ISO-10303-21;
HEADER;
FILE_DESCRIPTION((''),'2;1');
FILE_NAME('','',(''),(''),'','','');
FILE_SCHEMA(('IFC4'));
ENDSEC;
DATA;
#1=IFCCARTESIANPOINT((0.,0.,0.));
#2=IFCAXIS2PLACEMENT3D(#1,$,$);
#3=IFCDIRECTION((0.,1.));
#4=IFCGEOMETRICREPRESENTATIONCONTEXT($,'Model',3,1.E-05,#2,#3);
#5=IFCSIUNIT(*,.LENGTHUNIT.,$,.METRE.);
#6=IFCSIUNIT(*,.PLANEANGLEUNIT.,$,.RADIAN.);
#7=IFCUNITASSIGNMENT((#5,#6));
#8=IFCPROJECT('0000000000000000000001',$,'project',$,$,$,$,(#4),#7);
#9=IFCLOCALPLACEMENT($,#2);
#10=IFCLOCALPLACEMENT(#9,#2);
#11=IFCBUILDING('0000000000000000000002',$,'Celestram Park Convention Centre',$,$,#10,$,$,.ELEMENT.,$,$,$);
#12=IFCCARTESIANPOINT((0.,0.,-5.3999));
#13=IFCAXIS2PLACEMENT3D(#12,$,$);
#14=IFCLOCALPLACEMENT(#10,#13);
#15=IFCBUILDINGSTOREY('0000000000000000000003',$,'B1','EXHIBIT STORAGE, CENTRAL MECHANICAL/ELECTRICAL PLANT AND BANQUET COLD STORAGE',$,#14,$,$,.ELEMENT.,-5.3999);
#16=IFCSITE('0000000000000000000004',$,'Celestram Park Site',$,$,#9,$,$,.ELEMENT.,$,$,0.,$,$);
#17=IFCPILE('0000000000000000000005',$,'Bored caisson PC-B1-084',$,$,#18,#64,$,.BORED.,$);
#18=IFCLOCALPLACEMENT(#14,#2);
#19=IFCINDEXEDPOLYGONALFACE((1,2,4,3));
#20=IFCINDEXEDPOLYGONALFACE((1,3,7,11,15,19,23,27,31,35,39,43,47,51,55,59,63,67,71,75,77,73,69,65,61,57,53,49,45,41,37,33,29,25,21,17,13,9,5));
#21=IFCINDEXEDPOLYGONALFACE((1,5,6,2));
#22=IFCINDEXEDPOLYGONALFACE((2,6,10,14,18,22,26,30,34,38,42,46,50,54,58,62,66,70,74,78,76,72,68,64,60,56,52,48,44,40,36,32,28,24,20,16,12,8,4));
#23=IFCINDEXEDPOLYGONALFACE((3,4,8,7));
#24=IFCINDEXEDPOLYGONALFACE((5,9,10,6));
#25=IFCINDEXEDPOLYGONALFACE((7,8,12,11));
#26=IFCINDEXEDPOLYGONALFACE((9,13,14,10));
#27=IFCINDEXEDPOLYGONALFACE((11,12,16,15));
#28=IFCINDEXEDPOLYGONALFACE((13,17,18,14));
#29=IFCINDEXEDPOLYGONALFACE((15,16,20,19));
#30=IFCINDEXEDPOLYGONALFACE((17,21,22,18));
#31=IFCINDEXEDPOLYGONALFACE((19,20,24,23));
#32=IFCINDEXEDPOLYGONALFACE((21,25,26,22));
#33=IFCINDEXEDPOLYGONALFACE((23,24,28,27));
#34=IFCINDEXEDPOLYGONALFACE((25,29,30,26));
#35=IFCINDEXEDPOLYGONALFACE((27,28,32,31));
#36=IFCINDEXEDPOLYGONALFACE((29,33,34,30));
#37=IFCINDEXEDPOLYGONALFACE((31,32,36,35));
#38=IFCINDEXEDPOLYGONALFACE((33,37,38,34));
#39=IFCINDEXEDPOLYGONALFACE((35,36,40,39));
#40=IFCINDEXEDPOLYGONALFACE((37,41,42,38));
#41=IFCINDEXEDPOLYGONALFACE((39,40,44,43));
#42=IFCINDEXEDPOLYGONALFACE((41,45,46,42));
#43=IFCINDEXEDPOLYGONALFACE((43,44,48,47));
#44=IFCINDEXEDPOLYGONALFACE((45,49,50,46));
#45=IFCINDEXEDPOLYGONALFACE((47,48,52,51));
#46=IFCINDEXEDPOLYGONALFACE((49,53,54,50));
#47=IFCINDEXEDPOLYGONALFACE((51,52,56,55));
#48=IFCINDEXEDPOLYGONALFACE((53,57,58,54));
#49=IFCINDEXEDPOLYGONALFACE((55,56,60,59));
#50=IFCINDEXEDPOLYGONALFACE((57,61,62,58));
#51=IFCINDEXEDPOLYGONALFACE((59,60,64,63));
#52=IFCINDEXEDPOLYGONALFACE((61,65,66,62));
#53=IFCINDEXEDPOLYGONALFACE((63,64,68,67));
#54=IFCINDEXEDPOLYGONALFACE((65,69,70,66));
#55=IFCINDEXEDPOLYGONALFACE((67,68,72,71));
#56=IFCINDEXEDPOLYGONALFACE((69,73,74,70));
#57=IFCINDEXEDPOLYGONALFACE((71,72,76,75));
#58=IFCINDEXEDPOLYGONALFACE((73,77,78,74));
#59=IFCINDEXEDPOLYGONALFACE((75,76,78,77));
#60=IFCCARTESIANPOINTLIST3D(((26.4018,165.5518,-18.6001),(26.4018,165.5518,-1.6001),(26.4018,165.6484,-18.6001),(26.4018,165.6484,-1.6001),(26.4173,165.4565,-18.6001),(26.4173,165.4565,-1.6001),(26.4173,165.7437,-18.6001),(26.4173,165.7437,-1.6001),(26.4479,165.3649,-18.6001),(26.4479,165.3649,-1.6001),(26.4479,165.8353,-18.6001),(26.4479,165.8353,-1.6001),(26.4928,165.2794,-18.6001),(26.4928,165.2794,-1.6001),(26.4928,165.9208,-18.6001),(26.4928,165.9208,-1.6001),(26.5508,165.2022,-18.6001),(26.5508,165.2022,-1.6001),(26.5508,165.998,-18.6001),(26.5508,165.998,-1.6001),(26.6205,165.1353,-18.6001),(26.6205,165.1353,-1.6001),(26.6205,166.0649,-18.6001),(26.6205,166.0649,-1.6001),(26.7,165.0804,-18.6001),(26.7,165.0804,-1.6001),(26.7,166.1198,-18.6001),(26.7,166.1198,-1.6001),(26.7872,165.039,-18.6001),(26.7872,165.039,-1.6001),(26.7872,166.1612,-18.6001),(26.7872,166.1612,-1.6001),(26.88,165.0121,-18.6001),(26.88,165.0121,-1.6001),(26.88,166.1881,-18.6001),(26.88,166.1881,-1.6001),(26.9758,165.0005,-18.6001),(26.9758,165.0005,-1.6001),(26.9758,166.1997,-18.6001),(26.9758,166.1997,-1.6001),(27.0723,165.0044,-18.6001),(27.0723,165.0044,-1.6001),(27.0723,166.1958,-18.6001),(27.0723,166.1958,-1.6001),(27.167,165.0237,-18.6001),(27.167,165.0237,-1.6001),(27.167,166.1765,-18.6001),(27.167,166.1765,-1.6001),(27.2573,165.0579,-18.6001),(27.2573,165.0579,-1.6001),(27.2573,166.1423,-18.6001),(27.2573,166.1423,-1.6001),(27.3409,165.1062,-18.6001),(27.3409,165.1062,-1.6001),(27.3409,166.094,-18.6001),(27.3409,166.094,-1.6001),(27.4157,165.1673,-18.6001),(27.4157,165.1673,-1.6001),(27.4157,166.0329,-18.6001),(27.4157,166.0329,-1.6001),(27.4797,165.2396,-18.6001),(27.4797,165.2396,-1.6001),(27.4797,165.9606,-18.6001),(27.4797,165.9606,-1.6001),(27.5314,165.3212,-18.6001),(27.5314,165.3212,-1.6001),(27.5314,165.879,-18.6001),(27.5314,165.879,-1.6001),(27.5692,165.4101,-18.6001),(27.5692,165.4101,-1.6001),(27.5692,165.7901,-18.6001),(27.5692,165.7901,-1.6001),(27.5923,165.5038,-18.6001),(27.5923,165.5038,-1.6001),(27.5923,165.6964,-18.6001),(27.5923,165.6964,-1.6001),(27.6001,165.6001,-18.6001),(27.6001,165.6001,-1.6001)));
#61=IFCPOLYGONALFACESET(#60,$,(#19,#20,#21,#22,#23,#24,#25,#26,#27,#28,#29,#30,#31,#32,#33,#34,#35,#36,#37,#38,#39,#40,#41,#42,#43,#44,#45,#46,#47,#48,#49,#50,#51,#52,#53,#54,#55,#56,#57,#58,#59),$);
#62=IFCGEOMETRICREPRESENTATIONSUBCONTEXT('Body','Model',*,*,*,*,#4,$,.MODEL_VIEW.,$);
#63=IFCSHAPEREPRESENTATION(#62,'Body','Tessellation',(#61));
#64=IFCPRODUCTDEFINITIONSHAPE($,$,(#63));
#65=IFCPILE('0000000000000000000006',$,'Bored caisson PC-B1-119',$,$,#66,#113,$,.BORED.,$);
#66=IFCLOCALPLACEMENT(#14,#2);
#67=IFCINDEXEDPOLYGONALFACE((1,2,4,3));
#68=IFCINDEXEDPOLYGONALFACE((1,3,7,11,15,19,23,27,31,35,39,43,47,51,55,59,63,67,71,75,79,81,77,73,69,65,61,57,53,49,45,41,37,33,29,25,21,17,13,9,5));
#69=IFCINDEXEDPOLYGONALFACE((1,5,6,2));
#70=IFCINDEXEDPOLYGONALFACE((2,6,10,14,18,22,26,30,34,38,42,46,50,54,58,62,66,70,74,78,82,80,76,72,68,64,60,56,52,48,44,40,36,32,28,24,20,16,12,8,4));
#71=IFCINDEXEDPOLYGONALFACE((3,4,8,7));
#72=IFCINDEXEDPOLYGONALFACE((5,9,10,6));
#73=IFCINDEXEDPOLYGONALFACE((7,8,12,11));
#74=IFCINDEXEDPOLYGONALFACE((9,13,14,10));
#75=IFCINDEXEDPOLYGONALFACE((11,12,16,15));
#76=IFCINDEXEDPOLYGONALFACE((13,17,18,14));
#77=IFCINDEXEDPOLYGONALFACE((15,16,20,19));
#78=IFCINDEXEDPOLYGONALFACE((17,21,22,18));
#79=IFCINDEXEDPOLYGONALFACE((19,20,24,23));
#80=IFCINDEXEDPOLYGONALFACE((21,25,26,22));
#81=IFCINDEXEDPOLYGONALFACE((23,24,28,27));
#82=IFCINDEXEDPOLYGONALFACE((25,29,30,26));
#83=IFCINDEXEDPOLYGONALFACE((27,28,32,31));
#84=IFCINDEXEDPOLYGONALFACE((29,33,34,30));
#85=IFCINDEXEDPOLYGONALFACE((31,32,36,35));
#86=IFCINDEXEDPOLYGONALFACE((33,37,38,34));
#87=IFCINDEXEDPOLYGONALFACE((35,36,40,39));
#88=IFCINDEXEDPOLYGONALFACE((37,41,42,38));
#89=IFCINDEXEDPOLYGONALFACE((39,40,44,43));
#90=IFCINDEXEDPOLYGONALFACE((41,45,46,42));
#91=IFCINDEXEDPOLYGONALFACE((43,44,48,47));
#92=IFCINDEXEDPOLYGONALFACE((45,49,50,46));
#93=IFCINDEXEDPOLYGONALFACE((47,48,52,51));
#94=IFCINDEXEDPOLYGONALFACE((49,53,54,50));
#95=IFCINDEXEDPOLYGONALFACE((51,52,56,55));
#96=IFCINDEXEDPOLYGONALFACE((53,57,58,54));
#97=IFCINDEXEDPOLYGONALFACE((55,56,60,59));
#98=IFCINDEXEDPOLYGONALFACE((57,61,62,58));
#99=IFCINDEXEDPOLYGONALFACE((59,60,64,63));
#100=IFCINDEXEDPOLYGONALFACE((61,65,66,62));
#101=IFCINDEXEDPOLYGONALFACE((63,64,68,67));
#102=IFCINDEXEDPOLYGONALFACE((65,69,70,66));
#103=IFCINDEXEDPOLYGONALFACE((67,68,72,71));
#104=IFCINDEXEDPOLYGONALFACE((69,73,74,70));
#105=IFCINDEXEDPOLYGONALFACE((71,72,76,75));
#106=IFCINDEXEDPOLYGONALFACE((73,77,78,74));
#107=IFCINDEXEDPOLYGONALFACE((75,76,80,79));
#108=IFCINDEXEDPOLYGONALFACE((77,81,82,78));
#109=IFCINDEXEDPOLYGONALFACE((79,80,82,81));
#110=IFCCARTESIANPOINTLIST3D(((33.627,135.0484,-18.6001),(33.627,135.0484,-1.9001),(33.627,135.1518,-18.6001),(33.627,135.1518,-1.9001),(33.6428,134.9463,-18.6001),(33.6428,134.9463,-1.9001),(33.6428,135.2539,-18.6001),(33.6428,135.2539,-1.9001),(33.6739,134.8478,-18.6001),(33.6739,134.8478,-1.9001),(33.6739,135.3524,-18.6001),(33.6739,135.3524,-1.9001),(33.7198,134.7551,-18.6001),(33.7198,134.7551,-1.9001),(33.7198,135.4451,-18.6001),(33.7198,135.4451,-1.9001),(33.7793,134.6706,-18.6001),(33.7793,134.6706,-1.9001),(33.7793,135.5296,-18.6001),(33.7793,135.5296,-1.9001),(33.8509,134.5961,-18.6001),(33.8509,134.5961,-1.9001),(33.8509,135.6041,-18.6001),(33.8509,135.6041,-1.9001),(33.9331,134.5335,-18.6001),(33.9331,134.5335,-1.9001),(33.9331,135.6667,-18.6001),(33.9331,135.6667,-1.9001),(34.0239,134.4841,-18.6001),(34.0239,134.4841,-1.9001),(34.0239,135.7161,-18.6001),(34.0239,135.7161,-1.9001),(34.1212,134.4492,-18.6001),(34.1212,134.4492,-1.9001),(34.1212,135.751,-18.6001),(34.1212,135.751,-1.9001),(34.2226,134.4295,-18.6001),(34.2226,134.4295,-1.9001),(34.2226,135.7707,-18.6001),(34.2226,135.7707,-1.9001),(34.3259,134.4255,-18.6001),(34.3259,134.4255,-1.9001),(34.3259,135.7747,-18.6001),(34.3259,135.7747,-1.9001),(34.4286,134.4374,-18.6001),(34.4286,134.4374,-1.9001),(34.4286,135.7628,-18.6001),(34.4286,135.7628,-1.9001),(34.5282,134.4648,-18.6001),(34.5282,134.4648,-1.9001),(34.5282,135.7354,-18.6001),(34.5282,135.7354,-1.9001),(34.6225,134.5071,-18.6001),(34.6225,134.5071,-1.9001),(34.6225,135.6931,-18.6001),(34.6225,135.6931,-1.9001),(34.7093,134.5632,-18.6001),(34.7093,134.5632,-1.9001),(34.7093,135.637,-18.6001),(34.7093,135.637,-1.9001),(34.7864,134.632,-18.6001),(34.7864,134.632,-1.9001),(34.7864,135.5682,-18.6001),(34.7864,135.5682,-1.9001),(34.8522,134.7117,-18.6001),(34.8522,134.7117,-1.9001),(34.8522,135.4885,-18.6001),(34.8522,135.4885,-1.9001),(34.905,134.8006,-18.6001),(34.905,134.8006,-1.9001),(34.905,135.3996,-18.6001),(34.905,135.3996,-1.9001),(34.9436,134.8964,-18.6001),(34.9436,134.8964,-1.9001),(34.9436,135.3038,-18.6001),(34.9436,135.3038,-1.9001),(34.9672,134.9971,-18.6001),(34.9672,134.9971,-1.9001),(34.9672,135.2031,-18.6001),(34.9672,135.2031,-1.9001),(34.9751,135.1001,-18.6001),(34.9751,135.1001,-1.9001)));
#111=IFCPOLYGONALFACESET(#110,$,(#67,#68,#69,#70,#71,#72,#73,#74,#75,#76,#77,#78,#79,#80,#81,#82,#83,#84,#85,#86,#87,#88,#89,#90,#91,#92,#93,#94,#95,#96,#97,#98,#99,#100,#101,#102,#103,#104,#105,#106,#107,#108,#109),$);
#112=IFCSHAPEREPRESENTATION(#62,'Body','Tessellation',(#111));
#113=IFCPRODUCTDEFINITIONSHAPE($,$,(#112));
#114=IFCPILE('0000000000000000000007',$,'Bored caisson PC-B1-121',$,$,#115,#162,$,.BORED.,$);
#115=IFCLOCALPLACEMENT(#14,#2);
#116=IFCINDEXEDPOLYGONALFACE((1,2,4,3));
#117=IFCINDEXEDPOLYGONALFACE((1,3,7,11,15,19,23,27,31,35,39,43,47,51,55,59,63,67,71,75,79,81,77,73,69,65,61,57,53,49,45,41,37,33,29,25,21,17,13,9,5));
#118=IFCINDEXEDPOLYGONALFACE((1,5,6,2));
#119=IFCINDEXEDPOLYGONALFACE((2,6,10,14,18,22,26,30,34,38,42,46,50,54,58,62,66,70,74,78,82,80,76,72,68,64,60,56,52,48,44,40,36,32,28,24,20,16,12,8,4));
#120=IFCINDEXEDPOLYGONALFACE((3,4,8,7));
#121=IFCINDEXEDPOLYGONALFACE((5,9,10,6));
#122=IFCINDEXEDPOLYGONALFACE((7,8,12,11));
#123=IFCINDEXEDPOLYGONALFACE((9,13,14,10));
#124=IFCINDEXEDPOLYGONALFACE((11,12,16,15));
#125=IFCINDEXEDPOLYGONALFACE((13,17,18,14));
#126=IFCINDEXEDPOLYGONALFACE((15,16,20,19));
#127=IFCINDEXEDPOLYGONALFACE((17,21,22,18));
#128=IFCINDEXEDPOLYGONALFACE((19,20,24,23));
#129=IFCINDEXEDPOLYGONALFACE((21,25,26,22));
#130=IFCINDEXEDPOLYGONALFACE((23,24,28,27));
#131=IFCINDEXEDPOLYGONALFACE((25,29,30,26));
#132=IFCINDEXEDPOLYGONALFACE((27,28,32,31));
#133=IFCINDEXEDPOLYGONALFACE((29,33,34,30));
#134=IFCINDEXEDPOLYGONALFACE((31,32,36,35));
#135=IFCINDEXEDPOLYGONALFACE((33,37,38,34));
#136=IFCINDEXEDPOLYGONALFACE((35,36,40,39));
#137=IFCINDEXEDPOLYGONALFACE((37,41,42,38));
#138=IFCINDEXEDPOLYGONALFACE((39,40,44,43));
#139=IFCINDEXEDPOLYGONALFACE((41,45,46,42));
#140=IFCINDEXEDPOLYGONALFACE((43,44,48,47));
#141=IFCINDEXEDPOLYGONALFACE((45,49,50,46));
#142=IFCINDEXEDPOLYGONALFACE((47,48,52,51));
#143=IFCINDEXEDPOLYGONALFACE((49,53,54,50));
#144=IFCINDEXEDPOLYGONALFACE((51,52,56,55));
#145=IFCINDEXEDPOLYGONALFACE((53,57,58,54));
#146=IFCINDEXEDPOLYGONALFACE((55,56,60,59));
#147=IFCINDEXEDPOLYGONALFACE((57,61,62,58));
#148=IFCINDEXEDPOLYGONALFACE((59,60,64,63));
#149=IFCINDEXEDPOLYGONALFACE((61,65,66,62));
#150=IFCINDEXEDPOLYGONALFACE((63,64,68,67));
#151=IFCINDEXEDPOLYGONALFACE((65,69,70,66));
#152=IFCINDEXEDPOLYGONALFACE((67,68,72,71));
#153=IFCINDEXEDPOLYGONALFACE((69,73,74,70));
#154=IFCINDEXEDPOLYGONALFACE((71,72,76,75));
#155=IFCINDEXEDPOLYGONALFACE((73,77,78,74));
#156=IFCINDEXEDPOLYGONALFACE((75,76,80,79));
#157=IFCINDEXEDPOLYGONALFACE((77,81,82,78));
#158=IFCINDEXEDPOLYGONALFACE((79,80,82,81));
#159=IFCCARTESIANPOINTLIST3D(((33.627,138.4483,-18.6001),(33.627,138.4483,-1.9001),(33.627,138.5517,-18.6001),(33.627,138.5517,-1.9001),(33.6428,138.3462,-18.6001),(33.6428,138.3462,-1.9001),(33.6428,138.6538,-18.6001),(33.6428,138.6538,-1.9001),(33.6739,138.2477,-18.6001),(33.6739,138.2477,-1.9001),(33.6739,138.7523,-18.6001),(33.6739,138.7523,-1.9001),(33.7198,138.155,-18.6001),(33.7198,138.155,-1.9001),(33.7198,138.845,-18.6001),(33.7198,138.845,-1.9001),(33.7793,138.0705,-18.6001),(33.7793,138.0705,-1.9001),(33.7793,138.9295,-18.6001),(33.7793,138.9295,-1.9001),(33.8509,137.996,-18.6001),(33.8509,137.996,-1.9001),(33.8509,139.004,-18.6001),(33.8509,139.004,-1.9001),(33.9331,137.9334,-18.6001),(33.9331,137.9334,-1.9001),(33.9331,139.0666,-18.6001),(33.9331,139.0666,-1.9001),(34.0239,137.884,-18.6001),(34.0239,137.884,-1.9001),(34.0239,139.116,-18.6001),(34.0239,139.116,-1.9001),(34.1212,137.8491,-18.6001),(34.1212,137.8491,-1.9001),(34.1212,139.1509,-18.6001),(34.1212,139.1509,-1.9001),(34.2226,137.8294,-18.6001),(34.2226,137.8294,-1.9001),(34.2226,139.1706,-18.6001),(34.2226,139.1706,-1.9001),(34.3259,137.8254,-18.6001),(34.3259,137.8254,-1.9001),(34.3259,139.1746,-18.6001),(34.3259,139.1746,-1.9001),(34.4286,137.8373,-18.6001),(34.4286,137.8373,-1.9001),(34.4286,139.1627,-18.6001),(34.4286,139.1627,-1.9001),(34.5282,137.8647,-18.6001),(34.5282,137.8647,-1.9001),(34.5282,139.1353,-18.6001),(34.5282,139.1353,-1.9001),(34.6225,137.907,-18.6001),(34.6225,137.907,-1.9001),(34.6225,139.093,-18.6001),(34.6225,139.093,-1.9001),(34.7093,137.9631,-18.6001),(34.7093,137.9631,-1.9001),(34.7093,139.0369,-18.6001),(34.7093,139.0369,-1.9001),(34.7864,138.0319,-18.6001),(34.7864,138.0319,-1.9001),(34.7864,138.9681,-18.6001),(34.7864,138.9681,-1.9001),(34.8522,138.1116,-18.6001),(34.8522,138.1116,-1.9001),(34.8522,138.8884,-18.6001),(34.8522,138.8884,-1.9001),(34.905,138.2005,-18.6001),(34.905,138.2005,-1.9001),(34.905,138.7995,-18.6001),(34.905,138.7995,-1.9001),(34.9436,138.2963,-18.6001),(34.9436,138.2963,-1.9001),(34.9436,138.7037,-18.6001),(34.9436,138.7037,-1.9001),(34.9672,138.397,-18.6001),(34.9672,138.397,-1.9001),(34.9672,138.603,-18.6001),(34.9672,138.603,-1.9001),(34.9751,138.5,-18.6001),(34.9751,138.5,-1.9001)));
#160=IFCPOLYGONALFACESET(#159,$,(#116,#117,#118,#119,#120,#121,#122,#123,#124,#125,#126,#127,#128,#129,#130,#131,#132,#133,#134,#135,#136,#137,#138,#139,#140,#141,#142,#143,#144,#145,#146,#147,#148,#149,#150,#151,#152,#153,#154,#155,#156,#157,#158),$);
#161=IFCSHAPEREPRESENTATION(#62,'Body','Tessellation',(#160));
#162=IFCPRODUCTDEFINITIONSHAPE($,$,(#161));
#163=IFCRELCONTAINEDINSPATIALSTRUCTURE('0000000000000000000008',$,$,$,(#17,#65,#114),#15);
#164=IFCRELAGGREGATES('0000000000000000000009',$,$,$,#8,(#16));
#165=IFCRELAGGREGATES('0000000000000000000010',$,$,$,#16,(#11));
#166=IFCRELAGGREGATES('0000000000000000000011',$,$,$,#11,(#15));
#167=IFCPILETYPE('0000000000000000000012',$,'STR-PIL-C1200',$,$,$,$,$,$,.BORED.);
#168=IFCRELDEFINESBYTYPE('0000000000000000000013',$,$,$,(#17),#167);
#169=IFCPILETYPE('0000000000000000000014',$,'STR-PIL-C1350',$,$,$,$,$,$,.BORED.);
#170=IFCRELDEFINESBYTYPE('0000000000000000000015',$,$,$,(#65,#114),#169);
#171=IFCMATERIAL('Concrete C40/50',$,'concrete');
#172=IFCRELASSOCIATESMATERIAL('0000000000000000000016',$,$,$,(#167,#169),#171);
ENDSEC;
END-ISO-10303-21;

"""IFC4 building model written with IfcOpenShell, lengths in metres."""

from ifc_helpers import new_model, si_unit, direction, frame, origin, origin_2d, place, context, subcontext, project, spatial, circle, extrude, material, material_profile, profile_set, type_object, element, save


model = new_model("IFC4")

# Units and contexts
model_context = context("Model", 3, precision=1e-05, world=origin(), true_north=direction((0.0, 1.0)))
body_context = subcontext(model_context, "Body", "Model", "MODEL_VIEW")
ifc_project = project(units=[si_unit("LENGTHUNIT", "METRE"), si_unit("PLANEANGLEUNIT", "RADIAN")], contexts=[model_context])

# Site, building, storey
site_placement = place(None, origin())
site = spatial("IfcSite", under=ifc_project, at=site_placement, Name="Celestram Park Site", CompositionType="ELEMENT", RefElevation=0.0)
building_placement = place(site_placement, origin())
building = spatial("IfcBuilding", under=site, at=building_placement, Name="Celestram Park Convention Centre", CompositionType="ELEMENT")
storey_placement = place(building_placement, frame((0.0, 0.0, -5.3999)))
storey = spatial("IfcBuildingStorey", under=building, at=storey_placement, Name="B1", Description="EXHIBIT STORAGE, CENTRAL MECHANICAL/ELECTRICAL PLANT AND BANQUET COLD STORAGE", CompositionType="ELEMENT", Elevation=-5.3999)

# Shared definitions
ifc_material_1 = material(Name="Concrete C40/50", Category="concrete")

# Piles
ifc_material_profile_1 = material_profile(ifc_material_1, circle(Radius=0.6001, at=origin_2d()), Name="CAISSON1200")
ifc_profile_set_1 = profile_set([ifc_material_profile_1], Name="Concrete C40/50")
pile_type_1 = type_object("IfcPileType", Name="STR-PIL-C1200", PredefinedType="BORED", material=ifc_profile_set_1)
for number, where, z_axis, x_axis, name in (
    (1, (27.0, 165.6001, -1.6001), (0.0, 0.0, -1.0), (1.0, 0.0, 0.0), "Bored caisson PC-B1-084"),
):
    element("IfcPile", number, at=place(storey_placement, frame(where, z_axis=z_axis, x_axis=x_axis)), inside=storey, type_object=pile_type_1, Name=name, PredefinedType="BORED", context=body_context, shape_type="SweptSolid", body=[
        extrude(circle(Radius=0.6001, at=origin_2d()), origin(), (0.0, 0.0, 1.0), 17.0),
    ])
ifc_material_profile_2 = material_profile(ifc_material_1, circle(Radius=0.675, at=origin_2d()), Name="CAISSON1350")
ifc_profile_set_2 = profile_set([ifc_material_profile_2], Name="Concrete C40/50")
pile_type_2 = type_object("IfcPileType", Name="STR-PIL-C1350", PredefinedType="BORED", material=ifc_profile_set_2)
for number, where, z_axis, x_axis, name in (
    (2, (34.3, 135.1001, -1.9001), (0.0, 0.0, -1.0), (1.0, 0.0, 0.0), "Bored caisson PC-B1-119"),
    (3, (34.3, 138.5, -1.9001), (0.0, 0.0, -1.0), (1.0, 0.0, 0.0), "Bored caisson PC-B1-121"),
):
    element("IfcPile", number, at=place(storey_placement, frame(where, z_axis=z_axis, x_axis=x_axis)), inside=storey, type_object=pile_type_2, Name=name, PredefinedType="BORED", context=body_context, shape_type="SweptSolid", body=[
        extrude(circle(Radius=0.675, at=origin_2d()), origin(), (0.0, 0.0, 1.0), 16.7),
    ])

save(model, "model.ifc")
